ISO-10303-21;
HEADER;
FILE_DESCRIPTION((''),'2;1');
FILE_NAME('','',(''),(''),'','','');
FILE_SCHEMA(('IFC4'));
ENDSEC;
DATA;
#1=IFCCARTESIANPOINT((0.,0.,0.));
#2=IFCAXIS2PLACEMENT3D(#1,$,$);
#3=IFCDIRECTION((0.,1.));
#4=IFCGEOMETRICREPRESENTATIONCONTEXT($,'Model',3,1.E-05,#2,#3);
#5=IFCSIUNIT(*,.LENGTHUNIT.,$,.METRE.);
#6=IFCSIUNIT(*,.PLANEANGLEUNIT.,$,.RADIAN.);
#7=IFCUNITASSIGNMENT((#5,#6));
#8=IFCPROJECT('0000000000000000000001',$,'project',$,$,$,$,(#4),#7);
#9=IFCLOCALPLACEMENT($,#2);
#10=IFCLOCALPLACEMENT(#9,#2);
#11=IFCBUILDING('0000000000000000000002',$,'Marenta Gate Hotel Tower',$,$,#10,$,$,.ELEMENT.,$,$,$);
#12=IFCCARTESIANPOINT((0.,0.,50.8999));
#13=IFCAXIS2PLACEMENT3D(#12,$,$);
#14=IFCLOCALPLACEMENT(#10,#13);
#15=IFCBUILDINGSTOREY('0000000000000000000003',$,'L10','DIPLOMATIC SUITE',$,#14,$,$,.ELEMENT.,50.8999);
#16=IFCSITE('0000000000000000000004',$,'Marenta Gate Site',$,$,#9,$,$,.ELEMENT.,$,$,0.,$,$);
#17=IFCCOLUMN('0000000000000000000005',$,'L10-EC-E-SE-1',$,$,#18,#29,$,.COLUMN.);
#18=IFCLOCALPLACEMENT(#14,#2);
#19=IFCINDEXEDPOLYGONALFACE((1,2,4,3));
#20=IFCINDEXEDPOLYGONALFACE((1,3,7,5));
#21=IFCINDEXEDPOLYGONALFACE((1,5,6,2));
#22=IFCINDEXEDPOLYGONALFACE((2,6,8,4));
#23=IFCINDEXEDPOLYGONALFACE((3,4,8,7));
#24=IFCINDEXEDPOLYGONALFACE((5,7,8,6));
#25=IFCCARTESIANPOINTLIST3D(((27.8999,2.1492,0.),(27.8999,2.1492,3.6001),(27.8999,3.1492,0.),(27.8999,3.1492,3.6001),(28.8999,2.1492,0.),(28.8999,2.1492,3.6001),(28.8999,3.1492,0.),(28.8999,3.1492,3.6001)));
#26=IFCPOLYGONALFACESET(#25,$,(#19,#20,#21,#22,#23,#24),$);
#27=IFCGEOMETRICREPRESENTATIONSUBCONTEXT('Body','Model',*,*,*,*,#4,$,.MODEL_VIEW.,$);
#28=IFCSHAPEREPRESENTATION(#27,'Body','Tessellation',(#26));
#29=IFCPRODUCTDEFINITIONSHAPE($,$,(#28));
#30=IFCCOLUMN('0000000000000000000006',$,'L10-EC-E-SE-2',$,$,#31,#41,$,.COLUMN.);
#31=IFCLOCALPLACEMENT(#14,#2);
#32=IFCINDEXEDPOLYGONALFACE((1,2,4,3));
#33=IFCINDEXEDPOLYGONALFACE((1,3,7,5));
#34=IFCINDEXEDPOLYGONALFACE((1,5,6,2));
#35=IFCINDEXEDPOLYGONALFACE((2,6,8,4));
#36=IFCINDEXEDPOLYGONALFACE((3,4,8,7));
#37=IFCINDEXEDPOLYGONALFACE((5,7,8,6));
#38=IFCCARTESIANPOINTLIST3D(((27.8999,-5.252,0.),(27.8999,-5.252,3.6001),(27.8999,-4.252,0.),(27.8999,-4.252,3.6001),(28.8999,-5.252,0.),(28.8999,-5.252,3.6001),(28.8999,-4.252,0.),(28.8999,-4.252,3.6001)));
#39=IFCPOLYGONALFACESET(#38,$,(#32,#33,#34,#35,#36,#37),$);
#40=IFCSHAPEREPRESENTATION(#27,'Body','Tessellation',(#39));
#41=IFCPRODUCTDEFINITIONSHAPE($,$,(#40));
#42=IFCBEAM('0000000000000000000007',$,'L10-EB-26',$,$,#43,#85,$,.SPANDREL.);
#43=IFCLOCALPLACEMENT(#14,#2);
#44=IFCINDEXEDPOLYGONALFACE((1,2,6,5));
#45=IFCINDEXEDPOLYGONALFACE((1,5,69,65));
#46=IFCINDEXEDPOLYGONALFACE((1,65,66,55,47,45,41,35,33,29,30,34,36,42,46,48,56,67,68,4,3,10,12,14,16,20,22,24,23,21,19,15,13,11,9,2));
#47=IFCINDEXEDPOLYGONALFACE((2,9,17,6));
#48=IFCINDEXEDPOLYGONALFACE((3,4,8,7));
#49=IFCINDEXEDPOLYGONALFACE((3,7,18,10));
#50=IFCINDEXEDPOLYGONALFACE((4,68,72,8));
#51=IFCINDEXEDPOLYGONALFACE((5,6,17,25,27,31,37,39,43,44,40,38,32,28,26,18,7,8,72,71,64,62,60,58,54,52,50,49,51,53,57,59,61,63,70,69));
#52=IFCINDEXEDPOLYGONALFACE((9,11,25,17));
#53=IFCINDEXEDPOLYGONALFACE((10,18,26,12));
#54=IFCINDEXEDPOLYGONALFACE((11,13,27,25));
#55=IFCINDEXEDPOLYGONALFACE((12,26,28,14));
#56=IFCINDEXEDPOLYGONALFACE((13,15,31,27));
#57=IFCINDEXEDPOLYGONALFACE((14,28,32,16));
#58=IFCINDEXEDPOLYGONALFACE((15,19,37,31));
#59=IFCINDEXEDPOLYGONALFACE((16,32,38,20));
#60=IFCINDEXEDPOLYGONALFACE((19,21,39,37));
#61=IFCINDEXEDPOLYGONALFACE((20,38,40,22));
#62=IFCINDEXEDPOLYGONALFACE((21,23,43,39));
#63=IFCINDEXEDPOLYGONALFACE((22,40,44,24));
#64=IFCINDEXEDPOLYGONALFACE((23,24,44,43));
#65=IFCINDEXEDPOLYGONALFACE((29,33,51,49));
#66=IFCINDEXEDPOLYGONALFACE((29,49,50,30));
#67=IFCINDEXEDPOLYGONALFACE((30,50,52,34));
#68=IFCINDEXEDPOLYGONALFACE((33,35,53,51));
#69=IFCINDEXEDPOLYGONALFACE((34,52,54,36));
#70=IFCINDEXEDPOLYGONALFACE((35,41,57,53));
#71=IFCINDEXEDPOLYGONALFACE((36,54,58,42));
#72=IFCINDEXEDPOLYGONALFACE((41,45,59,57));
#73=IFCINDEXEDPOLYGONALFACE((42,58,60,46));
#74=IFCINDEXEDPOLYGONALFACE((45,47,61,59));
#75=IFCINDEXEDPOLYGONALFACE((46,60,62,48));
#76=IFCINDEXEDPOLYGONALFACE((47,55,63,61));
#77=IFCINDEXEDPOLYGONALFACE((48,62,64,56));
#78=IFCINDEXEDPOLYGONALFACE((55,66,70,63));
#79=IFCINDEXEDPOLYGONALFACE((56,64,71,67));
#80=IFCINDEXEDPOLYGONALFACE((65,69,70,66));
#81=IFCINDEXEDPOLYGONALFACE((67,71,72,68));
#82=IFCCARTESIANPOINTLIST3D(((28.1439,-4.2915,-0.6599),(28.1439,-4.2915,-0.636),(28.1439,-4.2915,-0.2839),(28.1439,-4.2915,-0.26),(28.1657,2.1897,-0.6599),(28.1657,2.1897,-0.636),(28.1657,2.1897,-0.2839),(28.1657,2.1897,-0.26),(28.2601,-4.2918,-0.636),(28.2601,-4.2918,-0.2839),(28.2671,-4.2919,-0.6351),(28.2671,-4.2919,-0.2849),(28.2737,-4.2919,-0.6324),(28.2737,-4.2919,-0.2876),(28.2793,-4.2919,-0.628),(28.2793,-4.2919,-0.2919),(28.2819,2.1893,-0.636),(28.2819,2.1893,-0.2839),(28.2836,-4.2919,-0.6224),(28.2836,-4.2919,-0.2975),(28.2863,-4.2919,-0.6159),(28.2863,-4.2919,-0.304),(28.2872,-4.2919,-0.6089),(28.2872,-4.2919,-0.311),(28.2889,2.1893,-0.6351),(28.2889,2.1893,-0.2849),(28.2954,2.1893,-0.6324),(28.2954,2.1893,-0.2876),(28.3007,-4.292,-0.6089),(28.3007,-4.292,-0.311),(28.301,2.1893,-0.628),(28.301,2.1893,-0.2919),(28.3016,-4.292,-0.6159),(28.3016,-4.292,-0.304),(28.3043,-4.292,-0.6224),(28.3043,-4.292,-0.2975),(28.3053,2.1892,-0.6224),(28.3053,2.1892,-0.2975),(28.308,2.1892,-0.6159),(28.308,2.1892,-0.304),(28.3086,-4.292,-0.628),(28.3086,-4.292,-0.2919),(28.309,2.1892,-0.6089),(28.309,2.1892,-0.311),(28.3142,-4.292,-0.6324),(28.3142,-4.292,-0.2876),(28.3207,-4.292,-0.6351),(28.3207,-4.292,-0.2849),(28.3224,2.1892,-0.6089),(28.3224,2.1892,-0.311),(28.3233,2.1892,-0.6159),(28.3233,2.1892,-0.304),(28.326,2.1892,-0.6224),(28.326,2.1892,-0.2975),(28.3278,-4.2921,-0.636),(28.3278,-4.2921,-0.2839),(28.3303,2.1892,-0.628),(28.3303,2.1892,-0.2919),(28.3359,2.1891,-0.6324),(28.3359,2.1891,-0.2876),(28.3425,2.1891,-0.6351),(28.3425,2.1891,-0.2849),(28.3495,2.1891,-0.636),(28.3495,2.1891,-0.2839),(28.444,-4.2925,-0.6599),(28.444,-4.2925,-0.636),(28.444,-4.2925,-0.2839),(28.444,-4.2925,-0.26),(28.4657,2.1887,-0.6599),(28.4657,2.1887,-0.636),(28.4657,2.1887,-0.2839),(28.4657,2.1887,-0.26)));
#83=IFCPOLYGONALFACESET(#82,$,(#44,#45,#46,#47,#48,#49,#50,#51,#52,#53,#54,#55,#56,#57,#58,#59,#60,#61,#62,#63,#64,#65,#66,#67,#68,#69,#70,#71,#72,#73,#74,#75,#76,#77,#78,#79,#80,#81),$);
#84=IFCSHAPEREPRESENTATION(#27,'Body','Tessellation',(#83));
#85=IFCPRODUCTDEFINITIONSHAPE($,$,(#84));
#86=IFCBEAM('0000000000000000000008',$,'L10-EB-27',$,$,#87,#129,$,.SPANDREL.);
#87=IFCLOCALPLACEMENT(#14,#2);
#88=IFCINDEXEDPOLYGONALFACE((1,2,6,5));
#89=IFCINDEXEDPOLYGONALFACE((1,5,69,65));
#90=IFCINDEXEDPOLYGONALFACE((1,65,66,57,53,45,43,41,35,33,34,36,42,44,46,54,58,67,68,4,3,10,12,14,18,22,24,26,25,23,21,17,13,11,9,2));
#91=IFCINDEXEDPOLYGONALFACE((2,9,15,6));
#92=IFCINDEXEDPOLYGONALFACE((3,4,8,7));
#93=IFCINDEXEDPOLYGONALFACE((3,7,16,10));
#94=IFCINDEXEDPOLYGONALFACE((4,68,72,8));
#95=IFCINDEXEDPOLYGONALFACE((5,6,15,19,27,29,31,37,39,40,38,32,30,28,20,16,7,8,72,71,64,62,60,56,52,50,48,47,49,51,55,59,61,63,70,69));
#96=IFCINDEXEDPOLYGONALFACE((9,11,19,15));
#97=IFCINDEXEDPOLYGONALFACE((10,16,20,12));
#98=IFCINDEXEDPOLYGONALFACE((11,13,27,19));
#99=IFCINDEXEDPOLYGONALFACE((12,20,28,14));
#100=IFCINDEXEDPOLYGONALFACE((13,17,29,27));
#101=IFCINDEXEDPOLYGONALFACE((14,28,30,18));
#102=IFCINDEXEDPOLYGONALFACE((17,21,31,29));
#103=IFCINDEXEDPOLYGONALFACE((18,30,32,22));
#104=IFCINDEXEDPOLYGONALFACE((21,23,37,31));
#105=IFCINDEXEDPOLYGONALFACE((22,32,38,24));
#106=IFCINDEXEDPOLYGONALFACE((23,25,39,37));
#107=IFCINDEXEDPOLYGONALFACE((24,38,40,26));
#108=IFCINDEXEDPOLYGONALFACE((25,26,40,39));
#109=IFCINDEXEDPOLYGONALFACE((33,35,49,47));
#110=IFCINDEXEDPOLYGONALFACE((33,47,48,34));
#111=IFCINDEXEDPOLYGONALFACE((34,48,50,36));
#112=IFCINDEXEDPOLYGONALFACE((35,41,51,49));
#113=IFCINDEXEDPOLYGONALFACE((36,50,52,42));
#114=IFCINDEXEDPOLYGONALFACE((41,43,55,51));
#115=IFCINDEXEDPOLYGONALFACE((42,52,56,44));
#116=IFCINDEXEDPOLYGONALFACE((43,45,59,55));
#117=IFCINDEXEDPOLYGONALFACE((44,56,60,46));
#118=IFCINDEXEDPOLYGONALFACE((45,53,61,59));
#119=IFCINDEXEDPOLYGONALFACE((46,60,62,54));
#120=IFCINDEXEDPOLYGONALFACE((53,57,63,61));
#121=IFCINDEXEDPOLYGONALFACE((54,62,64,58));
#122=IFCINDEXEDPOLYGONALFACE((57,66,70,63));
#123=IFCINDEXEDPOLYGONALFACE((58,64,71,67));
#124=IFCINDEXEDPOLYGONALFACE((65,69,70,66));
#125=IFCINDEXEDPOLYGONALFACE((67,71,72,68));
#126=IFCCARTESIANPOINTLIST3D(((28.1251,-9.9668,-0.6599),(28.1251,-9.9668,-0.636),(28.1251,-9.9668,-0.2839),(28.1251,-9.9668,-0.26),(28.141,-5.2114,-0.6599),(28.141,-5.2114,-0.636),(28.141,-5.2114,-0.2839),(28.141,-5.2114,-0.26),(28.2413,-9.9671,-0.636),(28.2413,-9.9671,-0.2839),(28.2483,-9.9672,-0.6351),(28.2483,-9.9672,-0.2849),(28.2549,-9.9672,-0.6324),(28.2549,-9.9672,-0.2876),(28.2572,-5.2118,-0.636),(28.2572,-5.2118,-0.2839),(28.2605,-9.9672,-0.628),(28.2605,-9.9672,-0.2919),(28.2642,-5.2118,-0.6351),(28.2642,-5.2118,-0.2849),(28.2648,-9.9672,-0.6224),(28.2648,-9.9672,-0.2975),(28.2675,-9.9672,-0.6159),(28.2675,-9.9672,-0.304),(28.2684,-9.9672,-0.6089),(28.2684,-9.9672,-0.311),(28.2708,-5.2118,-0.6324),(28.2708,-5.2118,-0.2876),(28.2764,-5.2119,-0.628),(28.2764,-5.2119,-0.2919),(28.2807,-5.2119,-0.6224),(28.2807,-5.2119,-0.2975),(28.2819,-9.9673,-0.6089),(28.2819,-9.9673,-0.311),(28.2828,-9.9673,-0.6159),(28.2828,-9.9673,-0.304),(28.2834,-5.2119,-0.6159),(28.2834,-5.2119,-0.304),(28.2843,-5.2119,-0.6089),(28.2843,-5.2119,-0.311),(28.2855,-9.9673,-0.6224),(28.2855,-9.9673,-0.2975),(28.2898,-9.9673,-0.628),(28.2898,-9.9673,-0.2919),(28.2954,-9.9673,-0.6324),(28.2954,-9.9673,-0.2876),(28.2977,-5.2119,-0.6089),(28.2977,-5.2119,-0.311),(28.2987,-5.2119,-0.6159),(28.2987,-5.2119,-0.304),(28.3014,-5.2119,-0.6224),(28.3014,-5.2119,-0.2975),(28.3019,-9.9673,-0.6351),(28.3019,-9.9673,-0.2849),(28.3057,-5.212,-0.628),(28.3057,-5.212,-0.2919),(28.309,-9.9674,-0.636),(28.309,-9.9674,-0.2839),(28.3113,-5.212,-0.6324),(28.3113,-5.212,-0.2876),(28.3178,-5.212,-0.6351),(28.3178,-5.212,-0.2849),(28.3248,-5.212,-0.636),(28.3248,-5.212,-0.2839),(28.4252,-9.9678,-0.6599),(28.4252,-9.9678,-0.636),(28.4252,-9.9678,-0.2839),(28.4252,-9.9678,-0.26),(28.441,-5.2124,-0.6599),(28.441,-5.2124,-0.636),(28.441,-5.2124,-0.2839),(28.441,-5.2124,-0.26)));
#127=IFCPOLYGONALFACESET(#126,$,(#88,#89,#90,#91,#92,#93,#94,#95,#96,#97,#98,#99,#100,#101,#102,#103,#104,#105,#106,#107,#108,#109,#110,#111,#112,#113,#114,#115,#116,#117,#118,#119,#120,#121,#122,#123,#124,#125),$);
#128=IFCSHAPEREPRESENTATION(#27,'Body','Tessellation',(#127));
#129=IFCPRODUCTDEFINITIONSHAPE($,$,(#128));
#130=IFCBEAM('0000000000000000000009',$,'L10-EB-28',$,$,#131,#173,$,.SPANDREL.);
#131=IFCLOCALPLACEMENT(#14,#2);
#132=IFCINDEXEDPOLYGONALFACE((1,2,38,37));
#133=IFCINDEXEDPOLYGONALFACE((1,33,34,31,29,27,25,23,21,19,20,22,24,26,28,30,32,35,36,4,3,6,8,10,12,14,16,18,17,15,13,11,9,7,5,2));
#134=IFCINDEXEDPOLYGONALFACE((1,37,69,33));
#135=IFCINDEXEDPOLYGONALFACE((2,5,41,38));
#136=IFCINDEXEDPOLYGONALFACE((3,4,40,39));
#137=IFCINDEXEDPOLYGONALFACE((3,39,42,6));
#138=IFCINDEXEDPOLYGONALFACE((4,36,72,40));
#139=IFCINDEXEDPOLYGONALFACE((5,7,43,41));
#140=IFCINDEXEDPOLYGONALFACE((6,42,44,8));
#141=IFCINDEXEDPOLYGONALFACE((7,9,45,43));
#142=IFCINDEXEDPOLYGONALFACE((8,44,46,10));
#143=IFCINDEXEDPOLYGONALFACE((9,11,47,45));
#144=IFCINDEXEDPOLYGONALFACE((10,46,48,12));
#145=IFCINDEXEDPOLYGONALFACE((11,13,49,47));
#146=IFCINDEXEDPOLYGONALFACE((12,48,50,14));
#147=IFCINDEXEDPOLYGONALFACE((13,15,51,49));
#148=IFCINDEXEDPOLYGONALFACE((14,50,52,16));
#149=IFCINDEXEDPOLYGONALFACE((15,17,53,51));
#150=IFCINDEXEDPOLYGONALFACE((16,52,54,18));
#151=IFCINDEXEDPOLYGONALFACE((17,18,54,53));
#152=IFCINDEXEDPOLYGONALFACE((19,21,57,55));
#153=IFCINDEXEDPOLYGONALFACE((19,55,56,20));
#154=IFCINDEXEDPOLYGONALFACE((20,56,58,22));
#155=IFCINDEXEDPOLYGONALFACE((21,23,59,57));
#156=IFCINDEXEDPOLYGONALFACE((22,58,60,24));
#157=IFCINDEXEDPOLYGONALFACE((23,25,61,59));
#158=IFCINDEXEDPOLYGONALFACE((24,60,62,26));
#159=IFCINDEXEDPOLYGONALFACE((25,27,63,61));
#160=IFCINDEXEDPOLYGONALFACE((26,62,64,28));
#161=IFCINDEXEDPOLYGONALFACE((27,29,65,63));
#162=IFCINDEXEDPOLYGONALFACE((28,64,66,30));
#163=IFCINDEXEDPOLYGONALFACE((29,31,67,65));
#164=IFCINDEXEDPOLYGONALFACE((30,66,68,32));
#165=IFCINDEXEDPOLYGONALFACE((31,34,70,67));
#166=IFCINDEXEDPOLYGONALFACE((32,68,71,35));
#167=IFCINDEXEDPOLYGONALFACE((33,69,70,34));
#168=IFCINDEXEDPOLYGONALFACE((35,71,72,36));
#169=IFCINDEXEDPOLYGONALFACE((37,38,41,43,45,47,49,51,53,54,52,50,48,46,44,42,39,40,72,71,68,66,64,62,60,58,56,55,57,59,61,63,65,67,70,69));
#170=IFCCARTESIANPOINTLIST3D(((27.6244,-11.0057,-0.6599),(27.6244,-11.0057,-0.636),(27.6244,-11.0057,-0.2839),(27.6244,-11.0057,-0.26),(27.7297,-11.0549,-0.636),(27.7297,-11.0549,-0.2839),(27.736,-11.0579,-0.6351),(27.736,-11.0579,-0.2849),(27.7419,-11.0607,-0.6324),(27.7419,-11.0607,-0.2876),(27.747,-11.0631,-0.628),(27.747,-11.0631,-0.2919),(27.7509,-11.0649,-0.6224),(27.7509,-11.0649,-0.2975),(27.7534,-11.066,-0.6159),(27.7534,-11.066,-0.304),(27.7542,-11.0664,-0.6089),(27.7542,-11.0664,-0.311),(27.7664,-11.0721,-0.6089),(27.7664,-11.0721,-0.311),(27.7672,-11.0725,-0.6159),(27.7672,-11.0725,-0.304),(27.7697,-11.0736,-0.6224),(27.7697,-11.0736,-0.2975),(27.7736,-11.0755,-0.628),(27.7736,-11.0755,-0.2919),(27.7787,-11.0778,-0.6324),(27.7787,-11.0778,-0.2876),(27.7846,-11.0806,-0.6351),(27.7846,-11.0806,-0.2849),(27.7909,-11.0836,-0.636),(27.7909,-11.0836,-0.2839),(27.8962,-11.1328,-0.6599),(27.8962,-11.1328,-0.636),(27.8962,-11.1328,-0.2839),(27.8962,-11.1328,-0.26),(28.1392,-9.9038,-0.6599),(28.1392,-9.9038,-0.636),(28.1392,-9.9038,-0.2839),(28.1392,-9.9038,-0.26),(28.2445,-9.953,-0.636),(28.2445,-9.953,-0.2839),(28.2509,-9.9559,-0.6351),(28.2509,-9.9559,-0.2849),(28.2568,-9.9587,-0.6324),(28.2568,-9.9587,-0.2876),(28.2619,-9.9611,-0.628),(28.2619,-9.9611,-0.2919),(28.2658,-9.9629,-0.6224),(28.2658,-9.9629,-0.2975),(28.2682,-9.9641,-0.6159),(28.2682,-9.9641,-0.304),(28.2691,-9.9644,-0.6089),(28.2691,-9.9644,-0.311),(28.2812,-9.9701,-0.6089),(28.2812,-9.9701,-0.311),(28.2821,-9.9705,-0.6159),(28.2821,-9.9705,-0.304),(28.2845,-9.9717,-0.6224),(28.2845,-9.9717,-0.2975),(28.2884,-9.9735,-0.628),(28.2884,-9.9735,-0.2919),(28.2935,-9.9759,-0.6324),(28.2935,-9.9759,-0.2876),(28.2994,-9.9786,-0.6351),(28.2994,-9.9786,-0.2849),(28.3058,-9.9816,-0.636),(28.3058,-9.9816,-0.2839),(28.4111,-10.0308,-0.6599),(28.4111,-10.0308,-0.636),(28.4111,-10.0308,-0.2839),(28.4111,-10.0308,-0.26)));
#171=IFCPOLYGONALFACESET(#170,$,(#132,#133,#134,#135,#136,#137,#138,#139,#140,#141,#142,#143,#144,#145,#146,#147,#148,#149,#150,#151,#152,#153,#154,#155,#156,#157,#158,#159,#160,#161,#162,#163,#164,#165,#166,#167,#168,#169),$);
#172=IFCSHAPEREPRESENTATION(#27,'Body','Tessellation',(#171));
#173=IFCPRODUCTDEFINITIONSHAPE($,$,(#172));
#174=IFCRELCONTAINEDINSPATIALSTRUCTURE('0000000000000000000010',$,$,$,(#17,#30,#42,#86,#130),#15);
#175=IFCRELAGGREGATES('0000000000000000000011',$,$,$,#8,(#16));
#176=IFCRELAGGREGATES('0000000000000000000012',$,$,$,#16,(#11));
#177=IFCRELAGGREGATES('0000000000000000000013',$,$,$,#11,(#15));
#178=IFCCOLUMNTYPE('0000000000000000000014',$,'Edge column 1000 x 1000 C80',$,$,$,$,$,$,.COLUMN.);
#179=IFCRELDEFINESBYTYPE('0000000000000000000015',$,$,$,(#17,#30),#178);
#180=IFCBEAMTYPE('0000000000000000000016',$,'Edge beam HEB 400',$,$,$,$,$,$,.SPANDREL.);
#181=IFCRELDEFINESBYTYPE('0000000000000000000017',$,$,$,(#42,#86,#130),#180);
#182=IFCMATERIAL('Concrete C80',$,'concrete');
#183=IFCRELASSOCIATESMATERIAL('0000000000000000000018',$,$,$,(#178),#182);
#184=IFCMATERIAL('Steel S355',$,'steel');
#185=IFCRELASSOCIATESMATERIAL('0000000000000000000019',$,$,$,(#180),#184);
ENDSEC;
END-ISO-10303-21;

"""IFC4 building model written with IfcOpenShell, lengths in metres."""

from ifc_helpers import new_model, si_unit, direction, frame, origin, origin_2d, place, context, subcontext, project, spatial, rectangle, i_section, extrude, material, material_profile, profile_set, type_object, element, save


model = new_model("IFC4")

# Units and contexts
model_context = context("Model", 3, precision=1e-05, world=origin(), true_north=direction((0.0, 1.0)))
body_context = subcontext(model_context, "Body", "Model", "MODEL_VIEW")
ifc_project = project(units=[si_unit("LENGTHUNIT", "METRE"), si_unit("PLANEANGLEUNIT", "RADIAN")], contexts=[model_context])

# Site, building, storey
site_placement = place(None, origin())
site = spatial("IfcSite", under=ifc_project, at=site_placement, Name="Marenta Gate Site", CompositionType="ELEMENT", RefElevation=0.0)
building_placement = place(site_placement, origin())
building = spatial("IfcBuilding", under=site, at=building_placement, Name="Marenta Gate Hotel Tower", CompositionType="ELEMENT")
storey_placement = place(building_placement, frame((0.0, 0.0, 50.8999)))
storey = spatial("IfcBuildingStorey", under=building, at=storey_placement, Name="L10", Description="DIPLOMATIC SUITE", CompositionType="ELEMENT", Elevation=50.8999)

# Columns
ifc_material_1 = material(Name="Concrete C80", Category="concrete")
ifc_material_profile_1 = material_profile(ifc_material_1, rectangle(XDim=1.0, YDim=1.0, at=origin_2d()), Name="1000 x 1000")
ifc_profile_set_1 = profile_set([ifc_material_profile_1], Name="Concrete C80")
column_type = type_object("IfcColumnType", Name="Edge column 1000 x 1000 C80", PredefinedType="COLUMN", material=ifc_profile_set_1)
for number, where, z_axis, x_axis, name in (
    (1, (28.3999, 2.6492, 0.0), (0.0, 0.0, 1.0), (1.0, 0.0, 0.0), "L10-EC-E-SE-1"),
    (2, (28.3999, -4.752, 0.0), (0.0, 0.0, 1.0), (1.0, 0.0, 0.0), "L10-EC-E-SE-2"),
):
    element("IfcColumn", number, at=place(storey_placement, frame(where, z_axis=z_axis, x_axis=x_axis)), inside=storey, type_object=column_type, Name=name, PredefinedType="COLUMN", context=body_context, shape_type="SweptSolid", body=[
        extrude(rectangle(XDim=1.0, YDim=1.0, at=origin_2d()), origin(), (0.0, 0.0, 1.0), 3.6001),
    ])

# Beams
ifc_material_2 = material(Name="Steel S355", Category="steel")
ifc_material_profile_2 = material_profile(ifc_material_2, i_section(OverallWidth=0.3, OverallDepth=0.3999, WebThickness=0.0134, FlangeThickness=0.0239, FilletRadius=0.0271, at=origin_2d()), Name="HEB 400")
ifc_profile_set_2 = profile_set([ifc_material_profile_2], Name="Steel S355")
beam_type_1 = type_object("IfcBeamType", Name="Edge beam HEB 400", PredefinedType="SPANDREL", material=ifc_profile_set_2)
beam_1_placement = place(storey_placement, frame((28.3157, 2.1892, -0.46), z_axis=(-0.003353, -0.999994, 0.0), x_axis=(0.999994, -0.003353, 0.0)))
element("IfcBeam", 3, at=beam_1_placement, inside=storey, type_object=beam_type_1, Name="L10-EB-26", PredefinedType="SPANDREL", context=body_context, shape_type="SweptSolid", body=[
    extrude(i_section(OverallWidth=0.3, OverallDepth=0.3999, WebThickness=0.0134, FlangeThickness=0.0239, FilletRadius=0.0271, at=origin_2d()), origin(), (0.0, 0.0, 1.0), 6.4812),
])
beam_2_placement = place(storey_placement, frame((28.291, -5.2119, -0.46), z_axis=(-0.003337, -0.999994, 0.0), x_axis=(0.999994, -0.003337, 0.0)))
element("IfcBeam", 4, at=beam_2_placement, inside=storey, type_object=beam_type_1, Name="L10-EB-27", PredefinedType="SPANDREL", context=body_context, shape_type="SweptSolid", body=[
    extrude(i_section(OverallWidth=0.3, OverallDepth=0.3999, WebThickness=0.0134, FlangeThickness=0.0239, FilletRadius=0.0271, at=origin_2d()), origin(), (0.0, 0.0, 1.0), 4.7554),
])
beam_3_placement = place(storey_placement, frame((28.2751, -9.9673, -0.46), z_axis=(-0.423292, -0.905993, 0.0), x_axis=(0.905993, -0.423292, 0.0)))
element("IfcBeam", 5, at=beam_3_placement, inside=storey, type_object=beam_type_1, Name="L10-EB-28", PredefinedType="SPANDREL", context=body_context, shape_type="SweptSolid", body=[
    extrude(i_section(OverallWidth=0.3, OverallDepth=0.3999, WebThickness=0.0134, FlangeThickness=0.0239, FilletRadius=0.0271, at=origin_2d()), origin(), (0.0, 0.0, 1.0), 1.2163),
])

save(model, "model.ifc")
